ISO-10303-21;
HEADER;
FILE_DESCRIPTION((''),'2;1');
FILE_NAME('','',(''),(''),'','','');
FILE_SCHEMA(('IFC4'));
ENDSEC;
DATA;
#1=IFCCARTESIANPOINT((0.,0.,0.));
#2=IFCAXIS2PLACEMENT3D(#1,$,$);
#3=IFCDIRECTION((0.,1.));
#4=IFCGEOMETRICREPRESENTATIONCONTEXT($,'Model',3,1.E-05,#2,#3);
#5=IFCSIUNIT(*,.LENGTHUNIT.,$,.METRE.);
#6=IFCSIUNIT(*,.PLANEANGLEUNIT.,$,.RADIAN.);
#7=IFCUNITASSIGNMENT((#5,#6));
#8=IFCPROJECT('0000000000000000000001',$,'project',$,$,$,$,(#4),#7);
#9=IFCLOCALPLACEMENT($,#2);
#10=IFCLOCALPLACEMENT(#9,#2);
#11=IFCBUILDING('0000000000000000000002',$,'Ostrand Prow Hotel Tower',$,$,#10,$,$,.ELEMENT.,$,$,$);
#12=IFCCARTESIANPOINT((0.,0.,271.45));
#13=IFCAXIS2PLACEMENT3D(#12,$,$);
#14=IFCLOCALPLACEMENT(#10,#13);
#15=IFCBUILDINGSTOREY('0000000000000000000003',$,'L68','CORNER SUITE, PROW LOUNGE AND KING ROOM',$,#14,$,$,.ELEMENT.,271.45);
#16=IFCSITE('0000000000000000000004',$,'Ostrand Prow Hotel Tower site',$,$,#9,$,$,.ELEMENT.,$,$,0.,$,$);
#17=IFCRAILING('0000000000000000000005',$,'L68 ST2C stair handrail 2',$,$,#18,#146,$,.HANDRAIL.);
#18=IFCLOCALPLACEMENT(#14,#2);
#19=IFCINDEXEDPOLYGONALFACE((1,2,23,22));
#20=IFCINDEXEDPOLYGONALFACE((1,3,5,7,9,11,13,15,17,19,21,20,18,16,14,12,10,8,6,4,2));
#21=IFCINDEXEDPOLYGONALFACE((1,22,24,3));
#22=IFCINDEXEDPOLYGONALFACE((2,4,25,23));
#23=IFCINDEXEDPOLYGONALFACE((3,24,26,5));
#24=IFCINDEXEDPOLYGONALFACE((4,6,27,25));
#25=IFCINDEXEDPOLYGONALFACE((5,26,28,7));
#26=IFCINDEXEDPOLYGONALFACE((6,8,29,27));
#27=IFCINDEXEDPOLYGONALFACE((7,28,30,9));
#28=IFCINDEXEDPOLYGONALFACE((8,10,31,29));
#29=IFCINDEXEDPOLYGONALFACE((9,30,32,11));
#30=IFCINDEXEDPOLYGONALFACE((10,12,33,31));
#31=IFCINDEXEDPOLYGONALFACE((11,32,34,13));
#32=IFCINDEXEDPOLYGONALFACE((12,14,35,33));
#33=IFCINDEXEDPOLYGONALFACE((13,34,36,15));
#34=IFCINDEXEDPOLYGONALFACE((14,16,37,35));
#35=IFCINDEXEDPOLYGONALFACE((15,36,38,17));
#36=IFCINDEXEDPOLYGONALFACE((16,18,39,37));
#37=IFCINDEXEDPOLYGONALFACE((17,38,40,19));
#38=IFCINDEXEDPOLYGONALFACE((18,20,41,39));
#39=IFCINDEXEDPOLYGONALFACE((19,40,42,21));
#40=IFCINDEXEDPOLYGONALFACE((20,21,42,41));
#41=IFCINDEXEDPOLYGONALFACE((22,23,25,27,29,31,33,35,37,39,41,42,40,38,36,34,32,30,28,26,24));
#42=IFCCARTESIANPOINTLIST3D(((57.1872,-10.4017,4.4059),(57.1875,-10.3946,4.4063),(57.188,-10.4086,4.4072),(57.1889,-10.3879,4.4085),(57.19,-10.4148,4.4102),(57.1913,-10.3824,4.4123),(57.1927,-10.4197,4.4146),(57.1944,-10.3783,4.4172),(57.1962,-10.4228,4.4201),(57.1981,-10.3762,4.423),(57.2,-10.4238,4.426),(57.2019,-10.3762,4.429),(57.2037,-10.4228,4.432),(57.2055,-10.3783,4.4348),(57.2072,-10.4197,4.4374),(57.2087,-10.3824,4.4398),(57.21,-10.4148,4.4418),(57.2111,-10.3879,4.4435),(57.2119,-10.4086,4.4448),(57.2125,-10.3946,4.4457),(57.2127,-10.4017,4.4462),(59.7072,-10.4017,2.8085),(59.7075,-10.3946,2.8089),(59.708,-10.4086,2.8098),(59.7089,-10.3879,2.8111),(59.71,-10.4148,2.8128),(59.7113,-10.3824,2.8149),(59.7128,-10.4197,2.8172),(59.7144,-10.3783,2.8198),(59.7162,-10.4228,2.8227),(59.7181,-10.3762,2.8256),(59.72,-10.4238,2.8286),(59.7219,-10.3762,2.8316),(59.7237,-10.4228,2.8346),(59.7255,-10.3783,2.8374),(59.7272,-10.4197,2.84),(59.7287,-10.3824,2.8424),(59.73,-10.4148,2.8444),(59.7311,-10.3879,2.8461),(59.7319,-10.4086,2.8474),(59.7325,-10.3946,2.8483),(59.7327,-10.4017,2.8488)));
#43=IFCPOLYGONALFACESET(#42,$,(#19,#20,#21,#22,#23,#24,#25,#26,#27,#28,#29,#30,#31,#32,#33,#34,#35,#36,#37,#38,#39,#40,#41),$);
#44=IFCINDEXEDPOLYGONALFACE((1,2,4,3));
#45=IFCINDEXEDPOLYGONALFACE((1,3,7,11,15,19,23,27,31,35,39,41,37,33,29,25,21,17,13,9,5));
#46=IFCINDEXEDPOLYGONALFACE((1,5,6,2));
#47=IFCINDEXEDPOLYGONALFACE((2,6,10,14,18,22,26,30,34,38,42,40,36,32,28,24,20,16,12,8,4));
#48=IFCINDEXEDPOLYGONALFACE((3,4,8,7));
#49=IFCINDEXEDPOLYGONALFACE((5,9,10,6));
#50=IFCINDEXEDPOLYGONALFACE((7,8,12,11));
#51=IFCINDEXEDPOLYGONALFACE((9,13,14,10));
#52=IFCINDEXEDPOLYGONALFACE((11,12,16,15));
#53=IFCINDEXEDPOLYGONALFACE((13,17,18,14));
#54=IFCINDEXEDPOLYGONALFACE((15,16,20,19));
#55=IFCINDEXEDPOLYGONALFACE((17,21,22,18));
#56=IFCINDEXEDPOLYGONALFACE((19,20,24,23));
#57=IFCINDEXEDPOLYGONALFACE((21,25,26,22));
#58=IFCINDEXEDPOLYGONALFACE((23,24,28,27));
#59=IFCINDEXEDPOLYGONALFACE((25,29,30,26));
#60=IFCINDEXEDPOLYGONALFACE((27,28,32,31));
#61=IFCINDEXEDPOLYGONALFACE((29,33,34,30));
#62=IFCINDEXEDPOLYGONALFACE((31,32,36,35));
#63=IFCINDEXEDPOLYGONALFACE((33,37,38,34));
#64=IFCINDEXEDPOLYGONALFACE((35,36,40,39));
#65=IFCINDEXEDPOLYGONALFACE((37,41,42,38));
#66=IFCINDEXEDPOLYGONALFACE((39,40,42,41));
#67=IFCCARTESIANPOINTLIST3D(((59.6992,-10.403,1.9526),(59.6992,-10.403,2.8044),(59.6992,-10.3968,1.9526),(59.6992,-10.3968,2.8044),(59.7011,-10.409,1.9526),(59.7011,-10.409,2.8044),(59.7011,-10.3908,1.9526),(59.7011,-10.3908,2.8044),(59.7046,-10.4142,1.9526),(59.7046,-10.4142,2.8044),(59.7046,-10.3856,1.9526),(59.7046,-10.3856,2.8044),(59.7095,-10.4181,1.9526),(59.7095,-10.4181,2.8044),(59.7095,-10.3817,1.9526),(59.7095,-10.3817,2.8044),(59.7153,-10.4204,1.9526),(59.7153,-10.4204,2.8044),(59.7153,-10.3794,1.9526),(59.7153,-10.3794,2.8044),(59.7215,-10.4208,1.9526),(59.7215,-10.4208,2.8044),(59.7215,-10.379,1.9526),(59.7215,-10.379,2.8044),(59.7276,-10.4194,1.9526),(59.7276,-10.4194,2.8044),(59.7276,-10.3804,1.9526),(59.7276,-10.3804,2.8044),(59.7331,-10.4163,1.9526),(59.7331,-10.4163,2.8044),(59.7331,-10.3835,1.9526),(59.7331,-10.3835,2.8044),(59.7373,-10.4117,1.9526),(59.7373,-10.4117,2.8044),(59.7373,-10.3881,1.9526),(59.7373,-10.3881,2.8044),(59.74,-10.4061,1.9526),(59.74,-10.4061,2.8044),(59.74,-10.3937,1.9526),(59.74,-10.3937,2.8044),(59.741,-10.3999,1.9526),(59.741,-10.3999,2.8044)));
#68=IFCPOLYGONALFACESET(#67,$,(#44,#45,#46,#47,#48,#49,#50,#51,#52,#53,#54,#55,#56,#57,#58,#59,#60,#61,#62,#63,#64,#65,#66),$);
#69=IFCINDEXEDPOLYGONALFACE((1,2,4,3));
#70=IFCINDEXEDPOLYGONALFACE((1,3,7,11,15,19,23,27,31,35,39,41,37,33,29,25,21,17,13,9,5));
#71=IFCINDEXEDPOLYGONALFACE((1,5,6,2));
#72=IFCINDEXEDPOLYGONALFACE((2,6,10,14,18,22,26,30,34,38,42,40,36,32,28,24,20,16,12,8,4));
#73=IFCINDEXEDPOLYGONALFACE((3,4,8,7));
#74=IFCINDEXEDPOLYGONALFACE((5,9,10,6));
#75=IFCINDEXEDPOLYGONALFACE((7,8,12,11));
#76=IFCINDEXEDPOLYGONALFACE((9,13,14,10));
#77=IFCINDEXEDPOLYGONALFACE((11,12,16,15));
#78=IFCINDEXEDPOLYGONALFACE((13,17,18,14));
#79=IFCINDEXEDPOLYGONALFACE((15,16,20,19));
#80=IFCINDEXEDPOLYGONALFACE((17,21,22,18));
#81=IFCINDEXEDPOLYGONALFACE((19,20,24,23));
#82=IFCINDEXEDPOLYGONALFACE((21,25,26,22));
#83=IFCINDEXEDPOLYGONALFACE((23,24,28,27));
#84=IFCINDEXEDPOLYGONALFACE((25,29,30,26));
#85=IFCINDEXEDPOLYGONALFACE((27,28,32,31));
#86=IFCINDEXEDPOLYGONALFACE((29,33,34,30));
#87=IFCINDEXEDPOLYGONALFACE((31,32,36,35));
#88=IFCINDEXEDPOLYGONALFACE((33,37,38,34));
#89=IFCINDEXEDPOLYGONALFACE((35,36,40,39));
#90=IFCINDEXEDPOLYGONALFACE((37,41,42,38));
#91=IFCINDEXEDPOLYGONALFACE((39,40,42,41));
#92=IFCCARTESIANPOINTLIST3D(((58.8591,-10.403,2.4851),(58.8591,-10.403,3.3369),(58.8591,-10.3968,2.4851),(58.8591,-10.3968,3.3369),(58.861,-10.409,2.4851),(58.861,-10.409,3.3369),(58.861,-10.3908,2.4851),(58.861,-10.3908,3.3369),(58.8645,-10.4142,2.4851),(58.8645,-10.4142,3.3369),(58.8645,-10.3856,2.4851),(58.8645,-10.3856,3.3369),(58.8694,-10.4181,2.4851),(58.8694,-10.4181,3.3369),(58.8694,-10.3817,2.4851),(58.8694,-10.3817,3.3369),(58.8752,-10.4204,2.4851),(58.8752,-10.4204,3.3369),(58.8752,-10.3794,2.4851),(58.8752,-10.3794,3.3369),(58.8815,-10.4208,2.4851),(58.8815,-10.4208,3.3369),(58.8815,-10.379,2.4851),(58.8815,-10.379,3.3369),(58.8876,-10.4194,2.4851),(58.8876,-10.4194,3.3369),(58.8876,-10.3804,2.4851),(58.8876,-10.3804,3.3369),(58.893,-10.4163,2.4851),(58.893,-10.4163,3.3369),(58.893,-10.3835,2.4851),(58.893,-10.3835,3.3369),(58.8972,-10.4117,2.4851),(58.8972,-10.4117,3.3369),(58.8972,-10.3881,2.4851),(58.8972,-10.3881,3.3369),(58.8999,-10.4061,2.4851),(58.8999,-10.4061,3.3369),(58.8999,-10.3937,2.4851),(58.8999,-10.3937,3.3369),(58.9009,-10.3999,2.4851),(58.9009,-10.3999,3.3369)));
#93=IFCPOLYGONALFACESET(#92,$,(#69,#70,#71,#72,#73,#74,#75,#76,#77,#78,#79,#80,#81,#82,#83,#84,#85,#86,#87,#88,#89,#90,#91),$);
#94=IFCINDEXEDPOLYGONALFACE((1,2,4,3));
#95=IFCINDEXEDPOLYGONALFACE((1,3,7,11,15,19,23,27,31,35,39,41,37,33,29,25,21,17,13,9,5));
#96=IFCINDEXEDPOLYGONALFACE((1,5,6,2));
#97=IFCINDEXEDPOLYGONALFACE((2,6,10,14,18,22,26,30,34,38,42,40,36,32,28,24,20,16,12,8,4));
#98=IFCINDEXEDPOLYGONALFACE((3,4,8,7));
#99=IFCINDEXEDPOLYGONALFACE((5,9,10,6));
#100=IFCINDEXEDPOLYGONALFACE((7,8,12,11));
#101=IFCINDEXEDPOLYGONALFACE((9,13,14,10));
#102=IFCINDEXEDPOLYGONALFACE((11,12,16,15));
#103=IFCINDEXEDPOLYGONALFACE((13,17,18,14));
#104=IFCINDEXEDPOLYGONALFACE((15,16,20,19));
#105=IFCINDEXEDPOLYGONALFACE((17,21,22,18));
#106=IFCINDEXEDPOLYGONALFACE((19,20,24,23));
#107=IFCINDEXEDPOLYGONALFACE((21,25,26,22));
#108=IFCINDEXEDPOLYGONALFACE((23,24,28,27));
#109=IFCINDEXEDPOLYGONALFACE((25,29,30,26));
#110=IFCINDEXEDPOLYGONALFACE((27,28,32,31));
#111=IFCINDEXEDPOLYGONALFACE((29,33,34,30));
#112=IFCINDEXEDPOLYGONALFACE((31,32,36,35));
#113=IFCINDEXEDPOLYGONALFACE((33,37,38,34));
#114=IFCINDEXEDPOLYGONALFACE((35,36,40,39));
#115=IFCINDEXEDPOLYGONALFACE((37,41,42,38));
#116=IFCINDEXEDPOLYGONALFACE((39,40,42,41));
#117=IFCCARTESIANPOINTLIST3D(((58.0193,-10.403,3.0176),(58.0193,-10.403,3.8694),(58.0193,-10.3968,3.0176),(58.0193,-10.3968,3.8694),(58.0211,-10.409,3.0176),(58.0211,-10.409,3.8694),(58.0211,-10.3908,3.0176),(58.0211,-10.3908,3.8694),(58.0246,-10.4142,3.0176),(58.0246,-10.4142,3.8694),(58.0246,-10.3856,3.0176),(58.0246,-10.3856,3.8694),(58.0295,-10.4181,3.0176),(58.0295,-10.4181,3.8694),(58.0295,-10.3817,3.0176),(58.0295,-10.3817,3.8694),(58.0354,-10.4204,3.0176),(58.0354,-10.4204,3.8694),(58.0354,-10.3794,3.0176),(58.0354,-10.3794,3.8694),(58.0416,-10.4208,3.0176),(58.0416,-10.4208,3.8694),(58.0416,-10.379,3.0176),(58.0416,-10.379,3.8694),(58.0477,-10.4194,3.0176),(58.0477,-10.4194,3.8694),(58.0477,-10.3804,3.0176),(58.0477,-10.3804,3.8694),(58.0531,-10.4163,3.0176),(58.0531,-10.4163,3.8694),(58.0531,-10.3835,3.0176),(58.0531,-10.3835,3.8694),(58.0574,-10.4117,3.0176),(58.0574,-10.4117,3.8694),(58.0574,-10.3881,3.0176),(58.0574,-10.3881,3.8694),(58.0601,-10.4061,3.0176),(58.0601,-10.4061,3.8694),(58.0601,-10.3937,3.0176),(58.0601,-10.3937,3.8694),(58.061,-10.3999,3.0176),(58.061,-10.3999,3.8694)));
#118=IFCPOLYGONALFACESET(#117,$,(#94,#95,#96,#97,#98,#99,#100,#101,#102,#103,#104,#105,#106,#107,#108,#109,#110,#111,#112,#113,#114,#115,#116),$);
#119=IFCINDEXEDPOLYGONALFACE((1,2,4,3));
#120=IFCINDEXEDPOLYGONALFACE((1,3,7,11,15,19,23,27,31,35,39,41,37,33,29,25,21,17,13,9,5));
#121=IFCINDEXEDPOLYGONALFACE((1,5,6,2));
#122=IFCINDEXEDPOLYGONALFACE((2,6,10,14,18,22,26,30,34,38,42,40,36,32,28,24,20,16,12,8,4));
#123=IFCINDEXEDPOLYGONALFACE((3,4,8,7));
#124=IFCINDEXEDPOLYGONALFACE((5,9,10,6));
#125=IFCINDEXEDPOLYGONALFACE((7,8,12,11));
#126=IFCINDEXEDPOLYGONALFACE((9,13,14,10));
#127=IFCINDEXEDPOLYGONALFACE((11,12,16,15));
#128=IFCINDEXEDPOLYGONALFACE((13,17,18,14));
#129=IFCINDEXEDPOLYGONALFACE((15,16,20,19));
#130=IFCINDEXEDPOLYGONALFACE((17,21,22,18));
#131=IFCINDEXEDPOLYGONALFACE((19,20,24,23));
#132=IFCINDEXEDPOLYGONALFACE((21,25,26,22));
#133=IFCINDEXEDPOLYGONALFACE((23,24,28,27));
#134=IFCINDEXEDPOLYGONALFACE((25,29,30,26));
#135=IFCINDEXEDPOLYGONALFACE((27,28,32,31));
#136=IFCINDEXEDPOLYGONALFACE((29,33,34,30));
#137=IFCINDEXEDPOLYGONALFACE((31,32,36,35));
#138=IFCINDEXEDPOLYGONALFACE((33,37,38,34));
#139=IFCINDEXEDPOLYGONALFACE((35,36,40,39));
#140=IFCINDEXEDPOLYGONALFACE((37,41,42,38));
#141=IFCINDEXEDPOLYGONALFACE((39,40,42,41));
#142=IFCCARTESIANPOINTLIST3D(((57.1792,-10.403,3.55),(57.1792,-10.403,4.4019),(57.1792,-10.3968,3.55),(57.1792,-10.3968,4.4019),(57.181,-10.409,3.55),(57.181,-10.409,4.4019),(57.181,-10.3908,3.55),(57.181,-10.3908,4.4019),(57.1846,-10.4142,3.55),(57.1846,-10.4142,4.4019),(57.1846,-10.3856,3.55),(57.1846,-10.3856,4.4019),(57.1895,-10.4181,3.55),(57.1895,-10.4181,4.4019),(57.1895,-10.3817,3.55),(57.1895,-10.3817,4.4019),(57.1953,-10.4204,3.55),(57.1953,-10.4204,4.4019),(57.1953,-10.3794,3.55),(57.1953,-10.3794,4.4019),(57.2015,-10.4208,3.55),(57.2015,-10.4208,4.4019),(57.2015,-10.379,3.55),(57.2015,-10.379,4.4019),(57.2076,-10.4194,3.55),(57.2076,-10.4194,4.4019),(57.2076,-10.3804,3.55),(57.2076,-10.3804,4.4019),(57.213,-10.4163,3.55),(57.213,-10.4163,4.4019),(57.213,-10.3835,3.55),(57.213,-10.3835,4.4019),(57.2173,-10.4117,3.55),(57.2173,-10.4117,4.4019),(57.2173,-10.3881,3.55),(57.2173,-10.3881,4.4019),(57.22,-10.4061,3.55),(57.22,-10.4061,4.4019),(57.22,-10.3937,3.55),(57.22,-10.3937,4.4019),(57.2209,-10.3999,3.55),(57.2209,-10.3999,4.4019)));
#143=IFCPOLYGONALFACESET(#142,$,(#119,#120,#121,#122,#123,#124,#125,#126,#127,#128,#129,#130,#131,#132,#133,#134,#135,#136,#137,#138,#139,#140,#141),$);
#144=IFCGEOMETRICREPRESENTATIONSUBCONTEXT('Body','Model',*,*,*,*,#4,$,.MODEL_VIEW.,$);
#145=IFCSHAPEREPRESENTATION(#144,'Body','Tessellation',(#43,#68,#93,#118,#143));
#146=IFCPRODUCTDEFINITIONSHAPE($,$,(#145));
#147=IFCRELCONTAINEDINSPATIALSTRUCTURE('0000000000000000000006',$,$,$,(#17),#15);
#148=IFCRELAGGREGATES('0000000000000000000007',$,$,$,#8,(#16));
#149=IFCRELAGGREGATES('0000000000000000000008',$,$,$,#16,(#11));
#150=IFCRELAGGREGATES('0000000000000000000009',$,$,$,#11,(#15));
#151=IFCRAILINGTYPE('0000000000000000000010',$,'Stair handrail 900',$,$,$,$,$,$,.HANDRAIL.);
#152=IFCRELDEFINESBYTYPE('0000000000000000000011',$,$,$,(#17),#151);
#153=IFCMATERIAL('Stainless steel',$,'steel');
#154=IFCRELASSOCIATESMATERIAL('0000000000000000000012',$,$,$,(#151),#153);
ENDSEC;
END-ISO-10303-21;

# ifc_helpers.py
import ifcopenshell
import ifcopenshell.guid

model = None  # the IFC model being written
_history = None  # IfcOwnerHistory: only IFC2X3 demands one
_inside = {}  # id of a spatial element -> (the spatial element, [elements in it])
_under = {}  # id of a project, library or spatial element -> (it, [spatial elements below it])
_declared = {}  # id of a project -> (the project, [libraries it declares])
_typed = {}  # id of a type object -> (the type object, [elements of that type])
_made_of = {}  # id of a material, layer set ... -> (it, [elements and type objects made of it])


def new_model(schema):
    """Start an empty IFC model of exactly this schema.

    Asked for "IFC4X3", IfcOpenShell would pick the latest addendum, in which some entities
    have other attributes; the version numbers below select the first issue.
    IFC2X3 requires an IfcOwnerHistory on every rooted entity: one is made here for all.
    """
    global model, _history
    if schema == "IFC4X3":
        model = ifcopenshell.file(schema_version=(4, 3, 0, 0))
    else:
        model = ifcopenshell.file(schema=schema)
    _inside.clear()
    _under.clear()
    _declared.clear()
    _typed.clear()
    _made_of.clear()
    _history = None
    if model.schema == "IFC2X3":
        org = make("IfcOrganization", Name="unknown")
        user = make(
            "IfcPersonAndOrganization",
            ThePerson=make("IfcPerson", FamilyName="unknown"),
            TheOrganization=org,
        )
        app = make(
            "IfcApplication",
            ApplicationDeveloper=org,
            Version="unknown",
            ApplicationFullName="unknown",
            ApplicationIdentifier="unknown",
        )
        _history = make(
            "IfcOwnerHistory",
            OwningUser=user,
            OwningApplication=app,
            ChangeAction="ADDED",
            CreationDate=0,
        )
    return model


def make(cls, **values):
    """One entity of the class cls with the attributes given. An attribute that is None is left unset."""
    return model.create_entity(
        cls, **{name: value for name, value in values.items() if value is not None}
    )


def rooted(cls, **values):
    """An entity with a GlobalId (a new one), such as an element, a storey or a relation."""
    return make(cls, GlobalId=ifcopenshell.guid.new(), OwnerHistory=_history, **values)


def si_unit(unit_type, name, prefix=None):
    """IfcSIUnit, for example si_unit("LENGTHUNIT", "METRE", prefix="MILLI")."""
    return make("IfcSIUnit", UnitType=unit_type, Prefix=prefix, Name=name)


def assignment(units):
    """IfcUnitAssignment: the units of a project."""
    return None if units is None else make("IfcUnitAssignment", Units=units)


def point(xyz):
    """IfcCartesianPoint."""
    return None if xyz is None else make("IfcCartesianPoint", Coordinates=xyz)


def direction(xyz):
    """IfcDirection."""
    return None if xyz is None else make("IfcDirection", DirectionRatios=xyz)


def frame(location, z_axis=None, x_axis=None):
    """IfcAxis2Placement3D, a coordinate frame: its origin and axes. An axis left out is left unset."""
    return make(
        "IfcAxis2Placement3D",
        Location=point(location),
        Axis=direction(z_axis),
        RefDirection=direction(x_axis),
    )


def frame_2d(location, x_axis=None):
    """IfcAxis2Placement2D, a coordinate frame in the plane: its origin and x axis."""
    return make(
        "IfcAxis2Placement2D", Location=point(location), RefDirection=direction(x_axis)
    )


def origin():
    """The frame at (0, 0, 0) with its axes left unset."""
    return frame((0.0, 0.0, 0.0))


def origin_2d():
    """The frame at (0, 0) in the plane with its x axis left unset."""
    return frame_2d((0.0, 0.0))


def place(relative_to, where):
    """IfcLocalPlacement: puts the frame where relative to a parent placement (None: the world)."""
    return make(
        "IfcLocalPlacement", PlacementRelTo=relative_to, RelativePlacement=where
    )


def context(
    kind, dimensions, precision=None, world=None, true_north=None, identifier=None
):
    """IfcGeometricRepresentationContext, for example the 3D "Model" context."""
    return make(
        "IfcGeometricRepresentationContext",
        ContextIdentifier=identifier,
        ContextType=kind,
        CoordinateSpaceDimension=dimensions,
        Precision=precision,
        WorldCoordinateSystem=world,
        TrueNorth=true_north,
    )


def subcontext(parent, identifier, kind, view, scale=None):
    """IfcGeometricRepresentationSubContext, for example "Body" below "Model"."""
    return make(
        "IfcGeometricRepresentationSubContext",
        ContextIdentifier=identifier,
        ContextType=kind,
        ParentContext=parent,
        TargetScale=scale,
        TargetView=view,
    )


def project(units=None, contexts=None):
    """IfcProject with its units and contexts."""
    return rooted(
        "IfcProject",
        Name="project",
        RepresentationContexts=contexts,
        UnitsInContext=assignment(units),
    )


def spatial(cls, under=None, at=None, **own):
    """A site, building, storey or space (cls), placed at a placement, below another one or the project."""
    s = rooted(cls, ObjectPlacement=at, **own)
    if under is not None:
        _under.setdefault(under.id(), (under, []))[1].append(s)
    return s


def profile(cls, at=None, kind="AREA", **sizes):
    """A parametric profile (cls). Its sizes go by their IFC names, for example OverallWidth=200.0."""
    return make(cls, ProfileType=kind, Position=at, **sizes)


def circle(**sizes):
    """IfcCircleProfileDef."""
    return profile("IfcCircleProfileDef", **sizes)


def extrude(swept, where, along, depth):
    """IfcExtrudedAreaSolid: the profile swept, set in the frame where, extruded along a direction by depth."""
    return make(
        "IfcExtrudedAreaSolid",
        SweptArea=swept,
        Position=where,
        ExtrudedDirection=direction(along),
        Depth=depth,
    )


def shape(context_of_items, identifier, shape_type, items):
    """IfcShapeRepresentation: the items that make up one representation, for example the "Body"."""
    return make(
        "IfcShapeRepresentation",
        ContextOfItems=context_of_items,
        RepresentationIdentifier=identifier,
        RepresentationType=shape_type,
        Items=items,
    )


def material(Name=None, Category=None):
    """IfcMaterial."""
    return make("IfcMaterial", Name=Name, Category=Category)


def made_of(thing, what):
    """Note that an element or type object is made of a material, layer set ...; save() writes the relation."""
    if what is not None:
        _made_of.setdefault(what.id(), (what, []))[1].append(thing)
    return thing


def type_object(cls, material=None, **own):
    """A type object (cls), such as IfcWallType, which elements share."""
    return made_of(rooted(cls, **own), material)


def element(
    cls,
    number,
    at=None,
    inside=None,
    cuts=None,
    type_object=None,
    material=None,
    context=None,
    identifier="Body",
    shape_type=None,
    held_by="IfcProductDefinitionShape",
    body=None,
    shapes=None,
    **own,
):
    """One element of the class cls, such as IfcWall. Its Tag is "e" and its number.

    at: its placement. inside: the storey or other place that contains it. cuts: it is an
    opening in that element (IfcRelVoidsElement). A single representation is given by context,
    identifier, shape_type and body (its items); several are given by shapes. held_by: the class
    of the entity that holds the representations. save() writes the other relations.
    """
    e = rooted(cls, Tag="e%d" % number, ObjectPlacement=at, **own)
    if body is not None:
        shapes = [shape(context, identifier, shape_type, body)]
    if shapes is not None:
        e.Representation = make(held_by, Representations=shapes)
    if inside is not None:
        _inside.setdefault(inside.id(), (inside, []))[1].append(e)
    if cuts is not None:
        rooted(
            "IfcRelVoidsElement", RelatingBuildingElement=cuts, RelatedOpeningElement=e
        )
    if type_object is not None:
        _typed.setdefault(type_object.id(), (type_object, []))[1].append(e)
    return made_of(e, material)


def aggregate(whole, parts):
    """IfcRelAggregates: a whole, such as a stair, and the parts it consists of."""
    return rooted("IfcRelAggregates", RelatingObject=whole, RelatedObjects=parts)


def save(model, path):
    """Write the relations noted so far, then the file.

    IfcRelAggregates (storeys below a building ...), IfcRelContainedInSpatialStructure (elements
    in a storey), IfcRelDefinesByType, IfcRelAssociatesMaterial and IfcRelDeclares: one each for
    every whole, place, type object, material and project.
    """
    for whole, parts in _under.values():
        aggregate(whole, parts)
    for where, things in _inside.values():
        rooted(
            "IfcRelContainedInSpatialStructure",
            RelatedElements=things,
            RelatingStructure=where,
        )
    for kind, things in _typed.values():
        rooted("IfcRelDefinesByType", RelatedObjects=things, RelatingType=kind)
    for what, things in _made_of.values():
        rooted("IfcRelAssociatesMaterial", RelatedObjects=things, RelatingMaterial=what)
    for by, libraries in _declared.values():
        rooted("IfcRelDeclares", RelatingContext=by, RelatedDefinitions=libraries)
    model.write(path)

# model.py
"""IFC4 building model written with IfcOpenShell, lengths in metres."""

from ifc_helpers import new_model, si_unit, direction, frame, origin, origin_2d, place, context, subcontext, project, spatial, circle, extrude, material, type_object, element, save


model = new_model("IFC4")

# Units and contexts
model_context = context("Model", 3, precision=1e-05, world=origin(), true_north=direction((0.0, 1.0)))
body_context = subcontext(model_context, "Body", "Model", "MODEL_VIEW")
ifc_project = project(units=[si_unit("LENGTHUNIT", "METRE"), si_unit("PLANEANGLEUNIT", "RADIAN")], contexts=[model_context])

# Site, building, storey
site_placement = place(None, origin())
site = spatial("IfcSite", under=ifc_project, at=site_placement, Name="Ostrand Prow Hotel Tower site", CompositionType="ELEMENT", RefElevation=0.0)
building_placement = place(site_placement, origin())
building = spatial("IfcBuilding", under=site, at=building_placement, Name="Ostrand Prow Hotel Tower", CompositionType="ELEMENT")
storey_placement = place(building_placement, frame((0.0, 0.0, 271.45)))
storey = spatial("IfcBuildingStorey", under=building, at=storey_placement, Name="L68", Description="CORNER SUITE, PROW LOUNGE AND KING ROOM", CompositionType="ELEMENT", Elevation=271.45)

# Railing
ifc_material_1 = material(Name="Stainless steel", Category="steel")
railing_type_1 = type_object("IfcRailingType", Name="Stair handrail 900", PredefinedType="HANDRAIL", material=ifc_material_1)
railing_1_placement = place(storey_placement, frame((59.72, -10.3999, 1.9526)))
element("IfcRailing", 1, at=railing_1_placement, inside=storey, type_object=railing_type_1, Name="L68 ST2C stair handrail 2", PredefinedType="HANDRAIL", context=body_context, shape_type="SweptSolid", body=[
    extrude(circle(Radius=0.0239, at=origin_2d()), frame((0.0, 0.0, 0.876), z_axis=(-0.844607, 0.0, 0.535387), x_axis=(0.0, -1.0, 0.0)), (0.0, 0.0, 1.0), 2.9836),
    extrude(circle(Radius=0.021, at=origin_2d()), origin(), (0.0, 0.0, 1.0), 0.8518),
    extrude(circle(Radius=0.021, at=origin_2d()), frame((-0.8401, 0.0, 0.5325)), (0.0, 0.0, 1.0), 0.8518),
    extrude(circle(Radius=0.021, at=origin_2d()), frame((-1.6799, 0.0, 1.0649)), (0.0, 0.0, 1.0), 0.8518),
    extrude(circle(Radius=0.021, at=origin_2d()), frame((-2.52, 0.0, 1.5974)), (0.0, 0.0, 1.0), 0.8518),
])

save(model, "model.ifc")
